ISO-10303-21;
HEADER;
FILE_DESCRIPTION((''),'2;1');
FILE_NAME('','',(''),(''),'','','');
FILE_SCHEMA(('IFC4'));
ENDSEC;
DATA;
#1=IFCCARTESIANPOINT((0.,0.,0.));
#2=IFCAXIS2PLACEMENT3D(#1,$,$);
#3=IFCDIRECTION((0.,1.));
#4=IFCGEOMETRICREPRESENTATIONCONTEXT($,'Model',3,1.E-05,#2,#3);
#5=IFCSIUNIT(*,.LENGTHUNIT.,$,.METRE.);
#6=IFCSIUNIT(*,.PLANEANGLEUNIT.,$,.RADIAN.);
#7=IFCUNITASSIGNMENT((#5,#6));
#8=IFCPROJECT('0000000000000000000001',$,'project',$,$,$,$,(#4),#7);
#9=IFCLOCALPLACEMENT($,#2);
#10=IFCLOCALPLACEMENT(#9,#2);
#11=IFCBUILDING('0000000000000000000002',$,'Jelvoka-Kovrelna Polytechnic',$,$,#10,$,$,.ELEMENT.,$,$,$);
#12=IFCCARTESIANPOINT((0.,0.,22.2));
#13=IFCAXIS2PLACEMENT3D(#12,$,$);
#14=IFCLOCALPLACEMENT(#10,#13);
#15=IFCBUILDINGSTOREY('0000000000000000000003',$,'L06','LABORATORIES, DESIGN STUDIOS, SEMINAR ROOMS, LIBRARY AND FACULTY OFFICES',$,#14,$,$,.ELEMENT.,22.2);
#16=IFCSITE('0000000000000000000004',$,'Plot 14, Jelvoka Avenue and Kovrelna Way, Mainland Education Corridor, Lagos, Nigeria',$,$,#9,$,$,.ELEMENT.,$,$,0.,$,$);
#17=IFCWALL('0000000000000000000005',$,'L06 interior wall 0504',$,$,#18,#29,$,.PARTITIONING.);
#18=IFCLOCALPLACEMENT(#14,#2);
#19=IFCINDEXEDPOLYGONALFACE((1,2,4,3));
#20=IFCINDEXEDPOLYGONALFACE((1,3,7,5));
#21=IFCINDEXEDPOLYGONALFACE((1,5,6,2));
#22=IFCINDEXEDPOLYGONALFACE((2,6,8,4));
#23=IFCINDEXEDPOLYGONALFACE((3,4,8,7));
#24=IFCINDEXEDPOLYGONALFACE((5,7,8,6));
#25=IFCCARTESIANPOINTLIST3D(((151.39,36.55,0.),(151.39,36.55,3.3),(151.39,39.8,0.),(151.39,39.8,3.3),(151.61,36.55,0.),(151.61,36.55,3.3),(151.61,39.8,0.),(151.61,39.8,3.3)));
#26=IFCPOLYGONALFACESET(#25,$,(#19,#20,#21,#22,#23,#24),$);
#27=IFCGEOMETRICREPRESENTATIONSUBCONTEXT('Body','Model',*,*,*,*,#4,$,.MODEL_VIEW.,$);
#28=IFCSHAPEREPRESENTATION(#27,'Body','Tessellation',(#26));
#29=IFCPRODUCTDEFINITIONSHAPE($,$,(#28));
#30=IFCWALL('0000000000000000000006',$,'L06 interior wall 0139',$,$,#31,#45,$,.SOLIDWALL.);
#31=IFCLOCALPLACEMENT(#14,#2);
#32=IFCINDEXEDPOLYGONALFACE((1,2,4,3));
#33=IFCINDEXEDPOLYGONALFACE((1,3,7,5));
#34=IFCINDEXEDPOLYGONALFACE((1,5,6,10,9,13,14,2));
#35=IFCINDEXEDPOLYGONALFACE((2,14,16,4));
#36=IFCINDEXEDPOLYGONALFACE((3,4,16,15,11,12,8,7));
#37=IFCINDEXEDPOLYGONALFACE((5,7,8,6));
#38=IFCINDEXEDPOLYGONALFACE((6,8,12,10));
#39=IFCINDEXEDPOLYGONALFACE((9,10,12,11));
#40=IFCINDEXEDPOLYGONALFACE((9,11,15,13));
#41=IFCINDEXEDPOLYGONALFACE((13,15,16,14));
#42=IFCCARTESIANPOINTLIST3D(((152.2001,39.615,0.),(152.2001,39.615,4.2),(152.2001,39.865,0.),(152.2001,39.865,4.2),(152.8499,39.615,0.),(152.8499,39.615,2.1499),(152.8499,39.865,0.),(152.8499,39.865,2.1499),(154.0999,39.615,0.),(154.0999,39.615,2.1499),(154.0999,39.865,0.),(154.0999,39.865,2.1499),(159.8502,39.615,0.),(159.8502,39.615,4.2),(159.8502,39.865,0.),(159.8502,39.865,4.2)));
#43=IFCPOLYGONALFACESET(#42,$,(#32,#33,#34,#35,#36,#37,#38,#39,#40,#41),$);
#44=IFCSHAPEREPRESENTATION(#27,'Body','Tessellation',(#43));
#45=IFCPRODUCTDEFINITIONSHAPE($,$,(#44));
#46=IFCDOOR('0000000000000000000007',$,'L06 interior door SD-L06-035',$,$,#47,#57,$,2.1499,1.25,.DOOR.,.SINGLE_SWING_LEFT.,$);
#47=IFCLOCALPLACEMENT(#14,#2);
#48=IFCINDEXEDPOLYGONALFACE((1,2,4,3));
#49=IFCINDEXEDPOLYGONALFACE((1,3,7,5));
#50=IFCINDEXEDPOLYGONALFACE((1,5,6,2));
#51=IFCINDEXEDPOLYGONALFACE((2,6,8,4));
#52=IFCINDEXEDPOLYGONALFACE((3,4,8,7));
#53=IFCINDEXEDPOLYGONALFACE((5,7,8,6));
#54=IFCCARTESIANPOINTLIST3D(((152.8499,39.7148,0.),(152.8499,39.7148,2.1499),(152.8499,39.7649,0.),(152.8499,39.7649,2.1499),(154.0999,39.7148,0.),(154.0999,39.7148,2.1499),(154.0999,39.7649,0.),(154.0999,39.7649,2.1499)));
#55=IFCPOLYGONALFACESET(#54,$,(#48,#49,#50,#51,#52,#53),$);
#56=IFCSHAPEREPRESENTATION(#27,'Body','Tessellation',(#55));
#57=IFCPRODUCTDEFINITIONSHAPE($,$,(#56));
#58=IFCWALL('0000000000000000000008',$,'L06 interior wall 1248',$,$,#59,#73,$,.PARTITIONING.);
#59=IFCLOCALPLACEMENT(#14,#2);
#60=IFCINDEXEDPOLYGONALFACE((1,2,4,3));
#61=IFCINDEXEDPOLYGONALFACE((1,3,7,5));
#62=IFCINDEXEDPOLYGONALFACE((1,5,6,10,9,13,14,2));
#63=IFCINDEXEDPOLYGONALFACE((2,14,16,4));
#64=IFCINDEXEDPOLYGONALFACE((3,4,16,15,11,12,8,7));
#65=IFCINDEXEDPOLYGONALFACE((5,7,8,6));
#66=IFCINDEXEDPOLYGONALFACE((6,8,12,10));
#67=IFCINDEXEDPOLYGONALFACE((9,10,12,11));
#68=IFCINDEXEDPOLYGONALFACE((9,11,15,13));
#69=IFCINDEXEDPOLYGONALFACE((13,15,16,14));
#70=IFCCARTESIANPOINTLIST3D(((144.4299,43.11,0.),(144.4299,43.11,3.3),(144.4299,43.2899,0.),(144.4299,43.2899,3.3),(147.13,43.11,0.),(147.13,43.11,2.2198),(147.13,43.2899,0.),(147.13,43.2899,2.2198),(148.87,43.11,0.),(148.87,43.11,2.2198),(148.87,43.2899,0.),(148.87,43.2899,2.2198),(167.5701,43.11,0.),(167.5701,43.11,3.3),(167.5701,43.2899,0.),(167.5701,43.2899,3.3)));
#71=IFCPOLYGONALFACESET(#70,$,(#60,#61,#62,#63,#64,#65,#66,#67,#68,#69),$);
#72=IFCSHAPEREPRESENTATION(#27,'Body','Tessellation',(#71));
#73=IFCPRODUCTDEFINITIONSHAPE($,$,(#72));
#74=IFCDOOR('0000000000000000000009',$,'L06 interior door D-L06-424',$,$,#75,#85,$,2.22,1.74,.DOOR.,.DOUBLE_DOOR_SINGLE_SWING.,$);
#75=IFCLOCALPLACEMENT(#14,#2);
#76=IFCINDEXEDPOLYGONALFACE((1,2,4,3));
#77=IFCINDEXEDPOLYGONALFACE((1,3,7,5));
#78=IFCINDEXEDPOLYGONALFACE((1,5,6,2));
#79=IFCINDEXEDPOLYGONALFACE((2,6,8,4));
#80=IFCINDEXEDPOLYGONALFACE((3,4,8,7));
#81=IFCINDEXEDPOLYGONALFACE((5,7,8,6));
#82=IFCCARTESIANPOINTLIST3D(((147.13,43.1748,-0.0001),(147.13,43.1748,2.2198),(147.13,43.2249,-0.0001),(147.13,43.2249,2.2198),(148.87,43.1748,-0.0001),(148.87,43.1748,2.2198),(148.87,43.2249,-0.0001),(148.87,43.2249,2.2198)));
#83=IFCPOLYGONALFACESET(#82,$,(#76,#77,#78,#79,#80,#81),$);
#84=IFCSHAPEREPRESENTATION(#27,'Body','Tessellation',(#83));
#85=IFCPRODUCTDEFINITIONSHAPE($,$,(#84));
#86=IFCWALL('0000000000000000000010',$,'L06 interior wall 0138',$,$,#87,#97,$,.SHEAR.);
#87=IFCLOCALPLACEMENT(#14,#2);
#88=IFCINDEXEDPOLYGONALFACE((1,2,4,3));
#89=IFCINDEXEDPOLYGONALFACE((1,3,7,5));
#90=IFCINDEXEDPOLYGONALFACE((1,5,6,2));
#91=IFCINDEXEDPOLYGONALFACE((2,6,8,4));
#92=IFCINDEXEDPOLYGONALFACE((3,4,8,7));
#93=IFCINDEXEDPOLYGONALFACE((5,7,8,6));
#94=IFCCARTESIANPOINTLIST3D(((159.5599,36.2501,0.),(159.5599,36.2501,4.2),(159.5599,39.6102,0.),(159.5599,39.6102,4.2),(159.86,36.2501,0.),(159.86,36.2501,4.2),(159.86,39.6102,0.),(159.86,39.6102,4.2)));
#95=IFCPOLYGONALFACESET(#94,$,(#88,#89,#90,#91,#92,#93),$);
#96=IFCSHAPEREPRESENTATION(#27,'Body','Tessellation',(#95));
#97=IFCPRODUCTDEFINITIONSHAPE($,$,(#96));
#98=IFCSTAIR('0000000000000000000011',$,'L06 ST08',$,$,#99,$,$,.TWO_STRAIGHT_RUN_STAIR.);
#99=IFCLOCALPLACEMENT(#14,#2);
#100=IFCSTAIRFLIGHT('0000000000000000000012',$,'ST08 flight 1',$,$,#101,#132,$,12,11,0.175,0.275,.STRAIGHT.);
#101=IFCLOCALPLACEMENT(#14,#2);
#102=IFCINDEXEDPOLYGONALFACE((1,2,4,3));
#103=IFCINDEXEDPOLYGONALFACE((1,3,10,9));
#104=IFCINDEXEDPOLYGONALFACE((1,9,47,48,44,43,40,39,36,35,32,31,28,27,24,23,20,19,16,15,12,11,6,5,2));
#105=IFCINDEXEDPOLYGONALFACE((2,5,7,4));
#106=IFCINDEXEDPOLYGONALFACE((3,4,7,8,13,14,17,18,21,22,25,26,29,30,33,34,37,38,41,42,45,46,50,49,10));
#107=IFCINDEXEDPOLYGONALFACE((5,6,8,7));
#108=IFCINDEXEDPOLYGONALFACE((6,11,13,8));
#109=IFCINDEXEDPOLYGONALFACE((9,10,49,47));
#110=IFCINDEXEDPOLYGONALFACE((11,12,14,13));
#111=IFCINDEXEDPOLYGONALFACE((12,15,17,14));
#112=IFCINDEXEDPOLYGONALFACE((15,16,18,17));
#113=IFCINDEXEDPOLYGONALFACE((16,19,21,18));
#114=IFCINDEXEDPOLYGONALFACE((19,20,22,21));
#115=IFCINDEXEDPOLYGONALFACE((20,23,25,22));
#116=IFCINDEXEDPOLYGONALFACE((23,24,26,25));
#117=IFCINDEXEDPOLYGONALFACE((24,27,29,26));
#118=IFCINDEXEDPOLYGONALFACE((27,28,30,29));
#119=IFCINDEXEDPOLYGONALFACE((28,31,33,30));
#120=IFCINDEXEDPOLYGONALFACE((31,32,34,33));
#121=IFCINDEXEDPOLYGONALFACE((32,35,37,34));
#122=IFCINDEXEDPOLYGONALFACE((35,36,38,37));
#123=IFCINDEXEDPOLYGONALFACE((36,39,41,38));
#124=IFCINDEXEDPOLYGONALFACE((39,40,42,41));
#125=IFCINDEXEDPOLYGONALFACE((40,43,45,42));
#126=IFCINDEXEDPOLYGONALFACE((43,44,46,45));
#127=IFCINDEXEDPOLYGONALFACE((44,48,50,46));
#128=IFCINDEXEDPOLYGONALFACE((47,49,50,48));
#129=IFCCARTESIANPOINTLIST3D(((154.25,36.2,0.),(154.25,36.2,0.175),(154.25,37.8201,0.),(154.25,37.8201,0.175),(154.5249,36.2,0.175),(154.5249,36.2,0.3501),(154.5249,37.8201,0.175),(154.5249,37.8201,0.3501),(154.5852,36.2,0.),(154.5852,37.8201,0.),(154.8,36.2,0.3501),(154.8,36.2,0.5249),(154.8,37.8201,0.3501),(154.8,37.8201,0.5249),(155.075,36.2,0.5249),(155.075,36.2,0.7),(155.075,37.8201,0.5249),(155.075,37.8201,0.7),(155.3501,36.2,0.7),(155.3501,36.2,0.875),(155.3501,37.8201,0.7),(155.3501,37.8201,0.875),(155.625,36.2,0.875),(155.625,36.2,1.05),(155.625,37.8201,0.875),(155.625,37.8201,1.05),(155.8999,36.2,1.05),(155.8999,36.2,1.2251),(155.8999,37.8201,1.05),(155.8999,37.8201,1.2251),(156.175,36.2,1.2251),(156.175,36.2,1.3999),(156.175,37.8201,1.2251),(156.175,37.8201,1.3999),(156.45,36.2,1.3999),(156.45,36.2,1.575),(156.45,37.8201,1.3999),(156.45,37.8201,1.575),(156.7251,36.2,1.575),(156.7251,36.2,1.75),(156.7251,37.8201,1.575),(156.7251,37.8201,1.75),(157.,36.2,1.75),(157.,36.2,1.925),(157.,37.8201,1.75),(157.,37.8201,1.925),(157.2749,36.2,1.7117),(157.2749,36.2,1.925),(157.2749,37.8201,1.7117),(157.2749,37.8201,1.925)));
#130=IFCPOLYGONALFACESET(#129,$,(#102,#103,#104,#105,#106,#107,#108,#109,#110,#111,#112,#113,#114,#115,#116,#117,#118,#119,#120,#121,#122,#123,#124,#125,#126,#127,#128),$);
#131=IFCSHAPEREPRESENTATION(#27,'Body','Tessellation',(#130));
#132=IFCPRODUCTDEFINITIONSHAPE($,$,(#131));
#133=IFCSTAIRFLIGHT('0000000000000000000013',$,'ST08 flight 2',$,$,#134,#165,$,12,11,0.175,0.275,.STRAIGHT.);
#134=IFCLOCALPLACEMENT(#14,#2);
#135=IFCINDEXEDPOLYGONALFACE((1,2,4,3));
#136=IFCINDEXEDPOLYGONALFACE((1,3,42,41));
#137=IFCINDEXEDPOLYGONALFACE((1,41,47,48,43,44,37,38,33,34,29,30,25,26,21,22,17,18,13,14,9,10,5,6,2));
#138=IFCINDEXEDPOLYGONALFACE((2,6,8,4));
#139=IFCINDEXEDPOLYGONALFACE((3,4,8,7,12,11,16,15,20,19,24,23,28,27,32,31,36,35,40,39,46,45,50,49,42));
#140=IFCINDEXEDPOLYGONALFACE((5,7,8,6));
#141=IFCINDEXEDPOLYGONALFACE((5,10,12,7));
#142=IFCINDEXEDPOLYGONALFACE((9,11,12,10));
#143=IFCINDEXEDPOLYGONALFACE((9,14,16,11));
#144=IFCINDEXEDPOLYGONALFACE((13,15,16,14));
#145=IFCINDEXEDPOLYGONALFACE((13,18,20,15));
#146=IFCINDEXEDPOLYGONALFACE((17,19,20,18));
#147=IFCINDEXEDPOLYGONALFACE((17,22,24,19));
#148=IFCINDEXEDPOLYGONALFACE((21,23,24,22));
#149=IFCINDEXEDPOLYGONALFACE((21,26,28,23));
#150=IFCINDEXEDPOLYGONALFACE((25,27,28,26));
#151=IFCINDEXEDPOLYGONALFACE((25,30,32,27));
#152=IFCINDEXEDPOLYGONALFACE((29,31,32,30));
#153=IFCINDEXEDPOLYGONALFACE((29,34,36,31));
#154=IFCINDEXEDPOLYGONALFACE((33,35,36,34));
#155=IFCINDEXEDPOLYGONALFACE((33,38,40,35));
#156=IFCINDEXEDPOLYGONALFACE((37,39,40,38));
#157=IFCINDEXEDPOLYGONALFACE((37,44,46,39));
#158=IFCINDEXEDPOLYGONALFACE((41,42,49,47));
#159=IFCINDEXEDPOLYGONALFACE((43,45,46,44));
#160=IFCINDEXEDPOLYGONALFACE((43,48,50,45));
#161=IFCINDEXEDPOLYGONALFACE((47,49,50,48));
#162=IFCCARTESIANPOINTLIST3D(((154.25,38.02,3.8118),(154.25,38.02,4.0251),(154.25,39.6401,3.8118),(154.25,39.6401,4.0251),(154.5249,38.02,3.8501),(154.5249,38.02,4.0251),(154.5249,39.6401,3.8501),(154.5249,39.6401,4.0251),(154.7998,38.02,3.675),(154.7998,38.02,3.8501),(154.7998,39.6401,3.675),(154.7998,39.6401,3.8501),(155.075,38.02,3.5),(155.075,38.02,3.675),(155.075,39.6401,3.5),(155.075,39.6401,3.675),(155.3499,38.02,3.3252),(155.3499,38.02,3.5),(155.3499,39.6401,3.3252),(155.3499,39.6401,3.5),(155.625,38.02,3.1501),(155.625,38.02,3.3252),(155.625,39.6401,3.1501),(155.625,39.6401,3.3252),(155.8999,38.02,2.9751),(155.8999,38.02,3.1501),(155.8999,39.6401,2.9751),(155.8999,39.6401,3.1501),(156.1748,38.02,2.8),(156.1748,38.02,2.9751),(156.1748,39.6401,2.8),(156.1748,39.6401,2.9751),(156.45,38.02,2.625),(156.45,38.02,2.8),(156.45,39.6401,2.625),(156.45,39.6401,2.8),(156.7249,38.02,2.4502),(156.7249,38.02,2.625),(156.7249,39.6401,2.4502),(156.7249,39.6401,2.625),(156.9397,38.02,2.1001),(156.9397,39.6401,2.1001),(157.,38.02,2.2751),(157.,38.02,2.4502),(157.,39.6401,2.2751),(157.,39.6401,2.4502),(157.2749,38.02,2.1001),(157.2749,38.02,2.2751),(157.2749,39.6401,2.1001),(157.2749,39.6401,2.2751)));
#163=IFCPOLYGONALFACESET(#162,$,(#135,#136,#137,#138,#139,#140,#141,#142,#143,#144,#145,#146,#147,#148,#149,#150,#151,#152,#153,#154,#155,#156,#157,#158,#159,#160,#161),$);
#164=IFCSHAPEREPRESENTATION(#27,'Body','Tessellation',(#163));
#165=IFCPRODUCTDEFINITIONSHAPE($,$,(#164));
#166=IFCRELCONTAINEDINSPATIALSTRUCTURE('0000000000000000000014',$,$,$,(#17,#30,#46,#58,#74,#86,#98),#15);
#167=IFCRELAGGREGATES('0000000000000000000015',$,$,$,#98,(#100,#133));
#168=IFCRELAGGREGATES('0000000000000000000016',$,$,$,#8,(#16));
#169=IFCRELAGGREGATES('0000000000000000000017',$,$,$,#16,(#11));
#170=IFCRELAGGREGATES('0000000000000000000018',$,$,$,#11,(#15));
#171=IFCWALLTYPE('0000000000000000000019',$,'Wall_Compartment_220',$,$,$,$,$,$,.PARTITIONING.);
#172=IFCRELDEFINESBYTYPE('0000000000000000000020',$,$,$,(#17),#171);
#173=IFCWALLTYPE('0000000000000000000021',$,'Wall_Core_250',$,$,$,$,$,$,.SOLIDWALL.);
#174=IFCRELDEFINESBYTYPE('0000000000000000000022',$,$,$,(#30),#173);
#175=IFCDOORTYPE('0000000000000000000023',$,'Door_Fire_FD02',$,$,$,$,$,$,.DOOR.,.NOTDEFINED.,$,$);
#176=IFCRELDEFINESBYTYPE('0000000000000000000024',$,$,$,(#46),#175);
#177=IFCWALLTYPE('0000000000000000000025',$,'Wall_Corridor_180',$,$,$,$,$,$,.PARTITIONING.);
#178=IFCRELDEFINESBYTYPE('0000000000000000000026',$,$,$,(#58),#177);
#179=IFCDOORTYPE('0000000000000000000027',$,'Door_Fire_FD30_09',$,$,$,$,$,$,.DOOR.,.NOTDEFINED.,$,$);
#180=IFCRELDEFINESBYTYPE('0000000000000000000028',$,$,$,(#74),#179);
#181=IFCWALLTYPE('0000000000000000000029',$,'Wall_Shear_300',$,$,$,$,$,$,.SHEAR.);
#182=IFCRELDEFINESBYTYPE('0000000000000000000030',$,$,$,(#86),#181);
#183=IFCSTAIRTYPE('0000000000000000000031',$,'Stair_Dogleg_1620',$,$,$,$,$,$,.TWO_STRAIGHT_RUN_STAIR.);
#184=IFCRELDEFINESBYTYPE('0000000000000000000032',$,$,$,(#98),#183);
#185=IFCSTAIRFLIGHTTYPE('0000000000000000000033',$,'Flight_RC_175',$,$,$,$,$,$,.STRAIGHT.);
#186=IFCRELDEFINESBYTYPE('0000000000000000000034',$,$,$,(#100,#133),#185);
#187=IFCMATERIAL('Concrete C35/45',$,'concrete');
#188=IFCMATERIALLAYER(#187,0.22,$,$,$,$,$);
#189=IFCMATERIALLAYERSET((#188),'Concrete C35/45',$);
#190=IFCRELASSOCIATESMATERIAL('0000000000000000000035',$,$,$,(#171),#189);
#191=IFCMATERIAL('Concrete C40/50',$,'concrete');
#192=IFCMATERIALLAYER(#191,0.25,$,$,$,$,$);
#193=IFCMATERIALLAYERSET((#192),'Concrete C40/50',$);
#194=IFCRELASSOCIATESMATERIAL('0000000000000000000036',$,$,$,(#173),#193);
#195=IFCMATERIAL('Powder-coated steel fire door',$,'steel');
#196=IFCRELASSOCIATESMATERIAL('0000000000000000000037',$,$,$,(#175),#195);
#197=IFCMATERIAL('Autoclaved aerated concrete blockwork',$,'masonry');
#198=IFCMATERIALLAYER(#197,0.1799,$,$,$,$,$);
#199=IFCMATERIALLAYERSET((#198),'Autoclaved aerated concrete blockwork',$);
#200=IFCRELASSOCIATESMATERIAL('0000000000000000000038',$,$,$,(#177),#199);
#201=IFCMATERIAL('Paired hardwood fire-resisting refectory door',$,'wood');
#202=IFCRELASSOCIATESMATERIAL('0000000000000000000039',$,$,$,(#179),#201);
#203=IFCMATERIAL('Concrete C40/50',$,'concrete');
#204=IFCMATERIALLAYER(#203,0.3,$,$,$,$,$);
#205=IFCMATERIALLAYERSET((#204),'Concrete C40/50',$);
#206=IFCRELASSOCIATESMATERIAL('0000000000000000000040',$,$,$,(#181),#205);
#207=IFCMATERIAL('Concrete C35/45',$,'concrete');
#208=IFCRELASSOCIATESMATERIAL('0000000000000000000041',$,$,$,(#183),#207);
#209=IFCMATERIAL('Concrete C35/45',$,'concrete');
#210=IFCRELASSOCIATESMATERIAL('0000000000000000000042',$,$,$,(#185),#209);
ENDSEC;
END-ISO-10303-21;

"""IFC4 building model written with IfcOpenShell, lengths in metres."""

from ifc_helpers import new_model, si_unit, direction, frame, frame_2d, origin, place, context, subcontext, project, spatial, polyline, rectangle, outline, extrude, material, layer, layer_set, type_object, element, fill, aggregate, save


model = new_model("IFC4")

# Units and contexts
model_context = context("Model", 3, precision=1e-05, world=origin(), true_north=direction((0.0, 1.0)))
body_context = subcontext(model_context, "Body", "Model", "MODEL_VIEW")
ifc_project = project(units=[si_unit("LENGTHUNIT", "METRE"), si_unit("PLANEANGLEUNIT", "RADIAN")], contexts=[model_context])

# Site, building, storey
site_placement = place(None, origin())
site = spatial("IfcSite", under=ifc_project, at=site_placement, Name="Plot 14, Jelvoka Avenue and Kovrelna Way, Mainland Education Corridor, Lagos, Nigeria", CompositionType="ELEMENT", RefElevation=0.0)
building_placement = place(site_placement, origin())
building = spatial("IfcBuilding", under=site, at=building_placement, Name="Jelvoka-Kovrelna Polytechnic", CompositionType="ELEMENT")
storey_placement = place(building_placement, frame((0.0, 0.0, 22.2)))
storey = spatial("IfcBuildingStorey", under=building, at=storey_placement, Name="L06", Description="LABORATORIES, DESIGN STUDIOS, SEMINAR ROOMS, LIBRARY AND FACULTY OFFICES", CompositionType="ELEMENT", Elevation=22.2)

# Shared definitions
ifc_material_1 = material(Name="Concrete C35/45", Category="concrete")
ifc_layer_1 = layer(ifc_material_1, 0.22)
ifc_layer_set_1 = layer_set([ifc_layer_1], Name="Concrete C35/45")
wall_type_1 = type_object("IfcWallType", Name="Wall_Compartment_220", PredefinedType="PARTITIONING", material=ifc_layer_set_1)

# Wall
for number, where, z_axis, x_axis, name in (
    (1, (151.5, 36.55, 0.0), (0.0, 0.0, 1.0), (0.0, 1.0, 0.0), "L06 interior wall 0504"),
):
    element("IfcWall", number, at=place(storey_placement, frame(where, z_axis=z_axis, x_axis=x_axis)), inside=storey, type_object=wall_type_1, Name=name, PredefinedType="PARTITIONING", context=body_context, shape_type="SweptSolid", body=[
        extrude(rectangle(XDim=3.25, YDim=0.22, at=frame_2d((1.625, 0.0))), origin(), (0.0, 0.0, 1.0), 3.3),
    ])

# Walls, openings, doors
ifc_material_2 = material(Name="Concrete C40/50", Category="concrete")
ifc_layer_2 = layer(ifc_material_2, 0.25)
ifc_layer_set_2 = layer_set([ifc_layer_2], Name="Concrete C40/50")
wall_type_2 = type_object("IfcWallType", Name="Wall_Core_250", PredefinedType="SOLIDWALL", material=ifc_layer_set_2)
wall_1_placement = place(storey_placement, frame((152.2, 39.74, 0.0), z_axis=(0.0, 0.0, 1.0), x_axis=(1.0, 0.0, 0.0)))
wall_1 = element("IfcWall", 2, at=wall_1_placement, inside=storey, type_object=wall_type_2, Name="L06 interior wall 0139", PredefinedType="SOLIDWALL", context=body_context, shape_type="SweptSolid", body=[
    extrude(rectangle(XDim=7.6501, YDim=0.25, at=frame_2d((3.8252, 0.0))), origin(), (0.0, 0.0, 1.0), 4.2),
])
opening_1_placement = place(wall_1_placement, frame((0.6499, 0.0, 0.0)))
opening_1 = element("IfcOpeningElement", 3, at=opening_1_placement, cuts=wall_1, PredefinedType="OPENING", context=body_context, shape_type="SweptSolid", body=[
    extrude(rectangle(XDim=1.25, YDim=2.1499, at=frame_2d((0.625, 1.075))), frame((0.0, 0.135, 0.0), z_axis=(0.0, -1.0, 0.0), x_axis=(1.0, 0.0, 0.0)), (0.0, 0.0, 1.0), 0.27),
])
ifc_material_3 = material(Name="Powder-coated steel fire door", Category="steel")
door_type_1 = type_object("IfcDoorType", Name="Door_Fire_FD02", OperationType="NOTDEFINED", PredefinedType="DOOR", material=ifc_material_3)
door_1_placement = place(opening_1_placement, origin())
door_1 = element("IfcDoor", 4, at=door_1_placement, inside=storey, type_object=door_type_1, Name="L06 interior door SD-L06-035", OperationType="SINGLE_SWING_LEFT", OverallHeight=2.1499, OverallWidth=1.25, PredefinedType="DOOR", context=body_context, shape_type="SweptSolid", body=[
    extrude(rectangle(XDim=1.25, YDim=2.1499, at=frame_2d((0.625, 1.075))), frame((0.0, 0.0249, 0.0), z_axis=(0.0, -1.0, 0.0), x_axis=(1.0, 0.0, 0.0)), (0.0, 0.0, 1.0), 0.05),
])
fill(opening_1, door_1)
ifc_material_4 = material(Name="Autoclaved aerated concrete blockwork", Category="masonry")
ifc_layer_3 = layer(ifc_material_4, 0.1799)
ifc_layer_set_3 = layer_set([ifc_layer_3], Name="Autoclaved aerated concrete blockwork")
wall_type_3 = type_object("IfcWallType", Name="Wall_Corridor_180", PredefinedType="PARTITIONING", material=ifc_layer_set_3)
wall_2_placement = place(storey_placement, frame((144.4299, 43.2, 0.0), z_axis=(0.0, 0.0, 1.0), x_axis=(1.0, 0.0, 0.0)))
wall_2 = element("IfcWall", 5, at=wall_2_placement, inside=storey, type_object=wall_type_3, Name="L06 interior wall 1248", PredefinedType="PARTITIONING", context=body_context, shape_type="SweptSolid", body=[
    extrude(rectangle(XDim=23.1401, YDim=0.1799, at=frame_2d((11.5701, 0.0))), origin(), (0.0, 0.0, 1.0), 3.3),
])
opening_2_placement = place(wall_2_placement, frame((2.7, 0.0, 0.0)))
opening_2 = element("IfcOpeningElement", 6, at=opening_2_placement, cuts=wall_2, PredefinedType="OPENING", context=body_context, shape_type="SweptSolid", body=[
    extrude(rectangle(XDim=1.74, YDim=2.22, at=frame_2d((0.8701, 1.1099))), frame((0.0, 0.0999, 0.0), z_axis=(0.0, -1.0, 0.0), x_axis=(1.0, 0.0, 0.0)), (0.0, 0.0, 1.0), 0.2),
])
ifc_material_5 = material(Name="Paired hardwood fire-resisting refectory door", Category="wood")
door_type_2 = type_object("IfcDoorType", Name="Door_Fire_FD30_09", OperationType="NOTDEFINED", PredefinedType="DOOR", material=ifc_material_5)
door_2_placement = place(opening_2_placement, origin())
door_2 = element("IfcDoor", 7, at=door_2_placement, inside=storey, type_object=door_type_2, Name="L06 interior door D-L06-424", OperationType="DOUBLE_DOOR_SINGLE_SWING", OverallHeight=2.22, OverallWidth=1.74, PredefinedType="DOOR", context=body_context, shape_type="SweptSolid", body=[
    extrude(rectangle(XDim=1.74, YDim=2.22, at=frame_2d((0.8701, 1.1099))), frame((0.0, 0.0249, 0.0), z_axis=(0.0, -1.0, 0.0), x_axis=(1.0, 0.0, 0.0)), (0.0, 0.0, 1.0), 0.05),
])
fill(opening_2, door_2)

# Wall
ifc_material_6 = material(Name="Concrete C40/50", Category="concrete")
ifc_layer_4 = layer(ifc_material_6, 0.3)
ifc_layer_set_4 = layer_set([ifc_layer_4], Name="Concrete C40/50")
wall_type_4 = type_object("IfcWallType", Name="Wall_Shear_300", PredefinedType="SHEAR", material=ifc_layer_set_4)
wall_3_placement = place(storey_placement, frame((159.71, 36.25, 0.0), z_axis=(0.0, 0.0, 1.0), x_axis=(0.0, 1.0, 0.0)))
element("IfcWall", 8, at=wall_3_placement, inside=storey, type_object=wall_type_4, Name="L06 interior wall 0138", PredefinedType="SHEAR", context=body_context, shape_type="SweptSolid", body=[
    extrude(rectangle(XDim=3.3601, YDim=0.3, at=frame_2d((1.6802, 0.0))), origin(), (0.0, 0.0, 1.0), 4.2),
])

# Stair, stair flights
ifc_material_7 = material(Name="Concrete C35/45", Category="concrete")
stair_type = type_object("IfcStairType", Name="Stair_Dogleg_1620", PredefinedType="TWO_STRAIGHT_RUN_STAIR", material=ifc_material_7)
stair_placement = place(storey_placement, origin())
stair = element("IfcStair", 9, at=stair_placement, inside=storey, type_object=stair_type, Name="L06 ST08", PredefinedType="TWO_STRAIGHT_RUN_STAIR")
ifc_material_8 = material(Name="Concrete C35/45", Category="concrete")
stair_flight_type = type_object("IfcStairFlightType", Name="Flight_RC_175", PredefinedType="STRAIGHT", material=ifc_material_8)
stair_flight_1_placement = place(storey_placement, frame((154.25, 37.01, 0.0), z_axis=(0.0, 0.0, 1.0), x_axis=(1.0, 0.0, 0.0)))
stair_flight_1 = element("IfcStairFlight", 10, at=stair_flight_1_placement, type_object=stair_flight_type, Name="ST08 flight 1", NumberOfRisers=12, NumberOfTreads=11, PredefinedType="STRAIGHT", RiserHeight=0.175, TreadLength=0.275, context=body_context, shape_type="SweptSolid", body=[
    extrude(outline(polyline([(0.0, 0.0), (0.0, 0.175), (0.2749, 0.175), (0.2749, 0.3501), (0.55, 0.3501), (0.55, 0.5249), (0.825, 0.5249), (0.825, 0.7), (1.1001, 0.7), (1.1001, 0.875), (1.375, 0.875), (1.375, 1.05), (1.6499, 1.05), (1.6499, 1.2251), (1.925, 1.2251), (1.925, 1.3999), (2.2, 1.3999), (2.2, 1.575), (2.4751, 1.575), (2.4751, 1.75), (2.75, 1.75), (2.75, 1.925), (3.0249, 1.925), (3.0249, 2.1001), (3.0249, 1.7117), (0.3352, 0.0), (0.0, 0.0)])), frame((0.0, 0.8101, 0.0), z_axis=(0.0, -1.0, 0.0), x_axis=(1.0, 0.0, 0.0)), (0.0, 0.0, 1.0), 1.6201),
])
stair_flight_2_placement = place(storey_placement, frame((157.2749, 38.8301, 2.1001), z_axis=(0.0, 0.0, 1.0), x_axis=(-1.0, 0.0, 0.0)))
stair_flight_2 = element("IfcStairFlight", 11, at=stair_flight_2_placement, type_object=stair_flight_type, Name="ST08 flight 2", NumberOfRisers=12, NumberOfTreads=11, PredefinedType="STRAIGHT", RiserHeight=0.175, TreadLength=0.275, context=body_context, shape_type="SweptSolid", body=[
    extrude(outline(polyline([(0.0, 0.0), (0.0, 0.175), (0.2749, 0.175), (0.2749, 0.3501), (0.55, 0.3501), (0.55, 0.5249), (0.825, 0.5249), (0.825, 0.7), (1.1001, 0.7), (1.1001, 0.875), (1.375, 0.875), (1.375, 1.05), (1.6499, 1.05), (1.6499, 1.2251), (1.925, 1.2251), (1.925, 1.3999), (2.2, 1.3999), (2.2, 1.575), (2.4751, 1.575), (2.4751, 1.75), (2.75, 1.75), (2.75, 1.925), (3.0249, 1.925), (3.0249, 2.1001), (3.0249, 1.7117), (0.3352, 0.0), (0.0, 0.0)])), frame((0.0, 0.8101, 0.0), z_axis=(0.0, -1.0, 0.0), x_axis=(1.0, 0.0, 0.0)), (0.0, 0.0, 1.0), 1.6201),
])
aggregate(stair, [stair_flight_1, stair_flight_2])

save(model, "model.ifc")
